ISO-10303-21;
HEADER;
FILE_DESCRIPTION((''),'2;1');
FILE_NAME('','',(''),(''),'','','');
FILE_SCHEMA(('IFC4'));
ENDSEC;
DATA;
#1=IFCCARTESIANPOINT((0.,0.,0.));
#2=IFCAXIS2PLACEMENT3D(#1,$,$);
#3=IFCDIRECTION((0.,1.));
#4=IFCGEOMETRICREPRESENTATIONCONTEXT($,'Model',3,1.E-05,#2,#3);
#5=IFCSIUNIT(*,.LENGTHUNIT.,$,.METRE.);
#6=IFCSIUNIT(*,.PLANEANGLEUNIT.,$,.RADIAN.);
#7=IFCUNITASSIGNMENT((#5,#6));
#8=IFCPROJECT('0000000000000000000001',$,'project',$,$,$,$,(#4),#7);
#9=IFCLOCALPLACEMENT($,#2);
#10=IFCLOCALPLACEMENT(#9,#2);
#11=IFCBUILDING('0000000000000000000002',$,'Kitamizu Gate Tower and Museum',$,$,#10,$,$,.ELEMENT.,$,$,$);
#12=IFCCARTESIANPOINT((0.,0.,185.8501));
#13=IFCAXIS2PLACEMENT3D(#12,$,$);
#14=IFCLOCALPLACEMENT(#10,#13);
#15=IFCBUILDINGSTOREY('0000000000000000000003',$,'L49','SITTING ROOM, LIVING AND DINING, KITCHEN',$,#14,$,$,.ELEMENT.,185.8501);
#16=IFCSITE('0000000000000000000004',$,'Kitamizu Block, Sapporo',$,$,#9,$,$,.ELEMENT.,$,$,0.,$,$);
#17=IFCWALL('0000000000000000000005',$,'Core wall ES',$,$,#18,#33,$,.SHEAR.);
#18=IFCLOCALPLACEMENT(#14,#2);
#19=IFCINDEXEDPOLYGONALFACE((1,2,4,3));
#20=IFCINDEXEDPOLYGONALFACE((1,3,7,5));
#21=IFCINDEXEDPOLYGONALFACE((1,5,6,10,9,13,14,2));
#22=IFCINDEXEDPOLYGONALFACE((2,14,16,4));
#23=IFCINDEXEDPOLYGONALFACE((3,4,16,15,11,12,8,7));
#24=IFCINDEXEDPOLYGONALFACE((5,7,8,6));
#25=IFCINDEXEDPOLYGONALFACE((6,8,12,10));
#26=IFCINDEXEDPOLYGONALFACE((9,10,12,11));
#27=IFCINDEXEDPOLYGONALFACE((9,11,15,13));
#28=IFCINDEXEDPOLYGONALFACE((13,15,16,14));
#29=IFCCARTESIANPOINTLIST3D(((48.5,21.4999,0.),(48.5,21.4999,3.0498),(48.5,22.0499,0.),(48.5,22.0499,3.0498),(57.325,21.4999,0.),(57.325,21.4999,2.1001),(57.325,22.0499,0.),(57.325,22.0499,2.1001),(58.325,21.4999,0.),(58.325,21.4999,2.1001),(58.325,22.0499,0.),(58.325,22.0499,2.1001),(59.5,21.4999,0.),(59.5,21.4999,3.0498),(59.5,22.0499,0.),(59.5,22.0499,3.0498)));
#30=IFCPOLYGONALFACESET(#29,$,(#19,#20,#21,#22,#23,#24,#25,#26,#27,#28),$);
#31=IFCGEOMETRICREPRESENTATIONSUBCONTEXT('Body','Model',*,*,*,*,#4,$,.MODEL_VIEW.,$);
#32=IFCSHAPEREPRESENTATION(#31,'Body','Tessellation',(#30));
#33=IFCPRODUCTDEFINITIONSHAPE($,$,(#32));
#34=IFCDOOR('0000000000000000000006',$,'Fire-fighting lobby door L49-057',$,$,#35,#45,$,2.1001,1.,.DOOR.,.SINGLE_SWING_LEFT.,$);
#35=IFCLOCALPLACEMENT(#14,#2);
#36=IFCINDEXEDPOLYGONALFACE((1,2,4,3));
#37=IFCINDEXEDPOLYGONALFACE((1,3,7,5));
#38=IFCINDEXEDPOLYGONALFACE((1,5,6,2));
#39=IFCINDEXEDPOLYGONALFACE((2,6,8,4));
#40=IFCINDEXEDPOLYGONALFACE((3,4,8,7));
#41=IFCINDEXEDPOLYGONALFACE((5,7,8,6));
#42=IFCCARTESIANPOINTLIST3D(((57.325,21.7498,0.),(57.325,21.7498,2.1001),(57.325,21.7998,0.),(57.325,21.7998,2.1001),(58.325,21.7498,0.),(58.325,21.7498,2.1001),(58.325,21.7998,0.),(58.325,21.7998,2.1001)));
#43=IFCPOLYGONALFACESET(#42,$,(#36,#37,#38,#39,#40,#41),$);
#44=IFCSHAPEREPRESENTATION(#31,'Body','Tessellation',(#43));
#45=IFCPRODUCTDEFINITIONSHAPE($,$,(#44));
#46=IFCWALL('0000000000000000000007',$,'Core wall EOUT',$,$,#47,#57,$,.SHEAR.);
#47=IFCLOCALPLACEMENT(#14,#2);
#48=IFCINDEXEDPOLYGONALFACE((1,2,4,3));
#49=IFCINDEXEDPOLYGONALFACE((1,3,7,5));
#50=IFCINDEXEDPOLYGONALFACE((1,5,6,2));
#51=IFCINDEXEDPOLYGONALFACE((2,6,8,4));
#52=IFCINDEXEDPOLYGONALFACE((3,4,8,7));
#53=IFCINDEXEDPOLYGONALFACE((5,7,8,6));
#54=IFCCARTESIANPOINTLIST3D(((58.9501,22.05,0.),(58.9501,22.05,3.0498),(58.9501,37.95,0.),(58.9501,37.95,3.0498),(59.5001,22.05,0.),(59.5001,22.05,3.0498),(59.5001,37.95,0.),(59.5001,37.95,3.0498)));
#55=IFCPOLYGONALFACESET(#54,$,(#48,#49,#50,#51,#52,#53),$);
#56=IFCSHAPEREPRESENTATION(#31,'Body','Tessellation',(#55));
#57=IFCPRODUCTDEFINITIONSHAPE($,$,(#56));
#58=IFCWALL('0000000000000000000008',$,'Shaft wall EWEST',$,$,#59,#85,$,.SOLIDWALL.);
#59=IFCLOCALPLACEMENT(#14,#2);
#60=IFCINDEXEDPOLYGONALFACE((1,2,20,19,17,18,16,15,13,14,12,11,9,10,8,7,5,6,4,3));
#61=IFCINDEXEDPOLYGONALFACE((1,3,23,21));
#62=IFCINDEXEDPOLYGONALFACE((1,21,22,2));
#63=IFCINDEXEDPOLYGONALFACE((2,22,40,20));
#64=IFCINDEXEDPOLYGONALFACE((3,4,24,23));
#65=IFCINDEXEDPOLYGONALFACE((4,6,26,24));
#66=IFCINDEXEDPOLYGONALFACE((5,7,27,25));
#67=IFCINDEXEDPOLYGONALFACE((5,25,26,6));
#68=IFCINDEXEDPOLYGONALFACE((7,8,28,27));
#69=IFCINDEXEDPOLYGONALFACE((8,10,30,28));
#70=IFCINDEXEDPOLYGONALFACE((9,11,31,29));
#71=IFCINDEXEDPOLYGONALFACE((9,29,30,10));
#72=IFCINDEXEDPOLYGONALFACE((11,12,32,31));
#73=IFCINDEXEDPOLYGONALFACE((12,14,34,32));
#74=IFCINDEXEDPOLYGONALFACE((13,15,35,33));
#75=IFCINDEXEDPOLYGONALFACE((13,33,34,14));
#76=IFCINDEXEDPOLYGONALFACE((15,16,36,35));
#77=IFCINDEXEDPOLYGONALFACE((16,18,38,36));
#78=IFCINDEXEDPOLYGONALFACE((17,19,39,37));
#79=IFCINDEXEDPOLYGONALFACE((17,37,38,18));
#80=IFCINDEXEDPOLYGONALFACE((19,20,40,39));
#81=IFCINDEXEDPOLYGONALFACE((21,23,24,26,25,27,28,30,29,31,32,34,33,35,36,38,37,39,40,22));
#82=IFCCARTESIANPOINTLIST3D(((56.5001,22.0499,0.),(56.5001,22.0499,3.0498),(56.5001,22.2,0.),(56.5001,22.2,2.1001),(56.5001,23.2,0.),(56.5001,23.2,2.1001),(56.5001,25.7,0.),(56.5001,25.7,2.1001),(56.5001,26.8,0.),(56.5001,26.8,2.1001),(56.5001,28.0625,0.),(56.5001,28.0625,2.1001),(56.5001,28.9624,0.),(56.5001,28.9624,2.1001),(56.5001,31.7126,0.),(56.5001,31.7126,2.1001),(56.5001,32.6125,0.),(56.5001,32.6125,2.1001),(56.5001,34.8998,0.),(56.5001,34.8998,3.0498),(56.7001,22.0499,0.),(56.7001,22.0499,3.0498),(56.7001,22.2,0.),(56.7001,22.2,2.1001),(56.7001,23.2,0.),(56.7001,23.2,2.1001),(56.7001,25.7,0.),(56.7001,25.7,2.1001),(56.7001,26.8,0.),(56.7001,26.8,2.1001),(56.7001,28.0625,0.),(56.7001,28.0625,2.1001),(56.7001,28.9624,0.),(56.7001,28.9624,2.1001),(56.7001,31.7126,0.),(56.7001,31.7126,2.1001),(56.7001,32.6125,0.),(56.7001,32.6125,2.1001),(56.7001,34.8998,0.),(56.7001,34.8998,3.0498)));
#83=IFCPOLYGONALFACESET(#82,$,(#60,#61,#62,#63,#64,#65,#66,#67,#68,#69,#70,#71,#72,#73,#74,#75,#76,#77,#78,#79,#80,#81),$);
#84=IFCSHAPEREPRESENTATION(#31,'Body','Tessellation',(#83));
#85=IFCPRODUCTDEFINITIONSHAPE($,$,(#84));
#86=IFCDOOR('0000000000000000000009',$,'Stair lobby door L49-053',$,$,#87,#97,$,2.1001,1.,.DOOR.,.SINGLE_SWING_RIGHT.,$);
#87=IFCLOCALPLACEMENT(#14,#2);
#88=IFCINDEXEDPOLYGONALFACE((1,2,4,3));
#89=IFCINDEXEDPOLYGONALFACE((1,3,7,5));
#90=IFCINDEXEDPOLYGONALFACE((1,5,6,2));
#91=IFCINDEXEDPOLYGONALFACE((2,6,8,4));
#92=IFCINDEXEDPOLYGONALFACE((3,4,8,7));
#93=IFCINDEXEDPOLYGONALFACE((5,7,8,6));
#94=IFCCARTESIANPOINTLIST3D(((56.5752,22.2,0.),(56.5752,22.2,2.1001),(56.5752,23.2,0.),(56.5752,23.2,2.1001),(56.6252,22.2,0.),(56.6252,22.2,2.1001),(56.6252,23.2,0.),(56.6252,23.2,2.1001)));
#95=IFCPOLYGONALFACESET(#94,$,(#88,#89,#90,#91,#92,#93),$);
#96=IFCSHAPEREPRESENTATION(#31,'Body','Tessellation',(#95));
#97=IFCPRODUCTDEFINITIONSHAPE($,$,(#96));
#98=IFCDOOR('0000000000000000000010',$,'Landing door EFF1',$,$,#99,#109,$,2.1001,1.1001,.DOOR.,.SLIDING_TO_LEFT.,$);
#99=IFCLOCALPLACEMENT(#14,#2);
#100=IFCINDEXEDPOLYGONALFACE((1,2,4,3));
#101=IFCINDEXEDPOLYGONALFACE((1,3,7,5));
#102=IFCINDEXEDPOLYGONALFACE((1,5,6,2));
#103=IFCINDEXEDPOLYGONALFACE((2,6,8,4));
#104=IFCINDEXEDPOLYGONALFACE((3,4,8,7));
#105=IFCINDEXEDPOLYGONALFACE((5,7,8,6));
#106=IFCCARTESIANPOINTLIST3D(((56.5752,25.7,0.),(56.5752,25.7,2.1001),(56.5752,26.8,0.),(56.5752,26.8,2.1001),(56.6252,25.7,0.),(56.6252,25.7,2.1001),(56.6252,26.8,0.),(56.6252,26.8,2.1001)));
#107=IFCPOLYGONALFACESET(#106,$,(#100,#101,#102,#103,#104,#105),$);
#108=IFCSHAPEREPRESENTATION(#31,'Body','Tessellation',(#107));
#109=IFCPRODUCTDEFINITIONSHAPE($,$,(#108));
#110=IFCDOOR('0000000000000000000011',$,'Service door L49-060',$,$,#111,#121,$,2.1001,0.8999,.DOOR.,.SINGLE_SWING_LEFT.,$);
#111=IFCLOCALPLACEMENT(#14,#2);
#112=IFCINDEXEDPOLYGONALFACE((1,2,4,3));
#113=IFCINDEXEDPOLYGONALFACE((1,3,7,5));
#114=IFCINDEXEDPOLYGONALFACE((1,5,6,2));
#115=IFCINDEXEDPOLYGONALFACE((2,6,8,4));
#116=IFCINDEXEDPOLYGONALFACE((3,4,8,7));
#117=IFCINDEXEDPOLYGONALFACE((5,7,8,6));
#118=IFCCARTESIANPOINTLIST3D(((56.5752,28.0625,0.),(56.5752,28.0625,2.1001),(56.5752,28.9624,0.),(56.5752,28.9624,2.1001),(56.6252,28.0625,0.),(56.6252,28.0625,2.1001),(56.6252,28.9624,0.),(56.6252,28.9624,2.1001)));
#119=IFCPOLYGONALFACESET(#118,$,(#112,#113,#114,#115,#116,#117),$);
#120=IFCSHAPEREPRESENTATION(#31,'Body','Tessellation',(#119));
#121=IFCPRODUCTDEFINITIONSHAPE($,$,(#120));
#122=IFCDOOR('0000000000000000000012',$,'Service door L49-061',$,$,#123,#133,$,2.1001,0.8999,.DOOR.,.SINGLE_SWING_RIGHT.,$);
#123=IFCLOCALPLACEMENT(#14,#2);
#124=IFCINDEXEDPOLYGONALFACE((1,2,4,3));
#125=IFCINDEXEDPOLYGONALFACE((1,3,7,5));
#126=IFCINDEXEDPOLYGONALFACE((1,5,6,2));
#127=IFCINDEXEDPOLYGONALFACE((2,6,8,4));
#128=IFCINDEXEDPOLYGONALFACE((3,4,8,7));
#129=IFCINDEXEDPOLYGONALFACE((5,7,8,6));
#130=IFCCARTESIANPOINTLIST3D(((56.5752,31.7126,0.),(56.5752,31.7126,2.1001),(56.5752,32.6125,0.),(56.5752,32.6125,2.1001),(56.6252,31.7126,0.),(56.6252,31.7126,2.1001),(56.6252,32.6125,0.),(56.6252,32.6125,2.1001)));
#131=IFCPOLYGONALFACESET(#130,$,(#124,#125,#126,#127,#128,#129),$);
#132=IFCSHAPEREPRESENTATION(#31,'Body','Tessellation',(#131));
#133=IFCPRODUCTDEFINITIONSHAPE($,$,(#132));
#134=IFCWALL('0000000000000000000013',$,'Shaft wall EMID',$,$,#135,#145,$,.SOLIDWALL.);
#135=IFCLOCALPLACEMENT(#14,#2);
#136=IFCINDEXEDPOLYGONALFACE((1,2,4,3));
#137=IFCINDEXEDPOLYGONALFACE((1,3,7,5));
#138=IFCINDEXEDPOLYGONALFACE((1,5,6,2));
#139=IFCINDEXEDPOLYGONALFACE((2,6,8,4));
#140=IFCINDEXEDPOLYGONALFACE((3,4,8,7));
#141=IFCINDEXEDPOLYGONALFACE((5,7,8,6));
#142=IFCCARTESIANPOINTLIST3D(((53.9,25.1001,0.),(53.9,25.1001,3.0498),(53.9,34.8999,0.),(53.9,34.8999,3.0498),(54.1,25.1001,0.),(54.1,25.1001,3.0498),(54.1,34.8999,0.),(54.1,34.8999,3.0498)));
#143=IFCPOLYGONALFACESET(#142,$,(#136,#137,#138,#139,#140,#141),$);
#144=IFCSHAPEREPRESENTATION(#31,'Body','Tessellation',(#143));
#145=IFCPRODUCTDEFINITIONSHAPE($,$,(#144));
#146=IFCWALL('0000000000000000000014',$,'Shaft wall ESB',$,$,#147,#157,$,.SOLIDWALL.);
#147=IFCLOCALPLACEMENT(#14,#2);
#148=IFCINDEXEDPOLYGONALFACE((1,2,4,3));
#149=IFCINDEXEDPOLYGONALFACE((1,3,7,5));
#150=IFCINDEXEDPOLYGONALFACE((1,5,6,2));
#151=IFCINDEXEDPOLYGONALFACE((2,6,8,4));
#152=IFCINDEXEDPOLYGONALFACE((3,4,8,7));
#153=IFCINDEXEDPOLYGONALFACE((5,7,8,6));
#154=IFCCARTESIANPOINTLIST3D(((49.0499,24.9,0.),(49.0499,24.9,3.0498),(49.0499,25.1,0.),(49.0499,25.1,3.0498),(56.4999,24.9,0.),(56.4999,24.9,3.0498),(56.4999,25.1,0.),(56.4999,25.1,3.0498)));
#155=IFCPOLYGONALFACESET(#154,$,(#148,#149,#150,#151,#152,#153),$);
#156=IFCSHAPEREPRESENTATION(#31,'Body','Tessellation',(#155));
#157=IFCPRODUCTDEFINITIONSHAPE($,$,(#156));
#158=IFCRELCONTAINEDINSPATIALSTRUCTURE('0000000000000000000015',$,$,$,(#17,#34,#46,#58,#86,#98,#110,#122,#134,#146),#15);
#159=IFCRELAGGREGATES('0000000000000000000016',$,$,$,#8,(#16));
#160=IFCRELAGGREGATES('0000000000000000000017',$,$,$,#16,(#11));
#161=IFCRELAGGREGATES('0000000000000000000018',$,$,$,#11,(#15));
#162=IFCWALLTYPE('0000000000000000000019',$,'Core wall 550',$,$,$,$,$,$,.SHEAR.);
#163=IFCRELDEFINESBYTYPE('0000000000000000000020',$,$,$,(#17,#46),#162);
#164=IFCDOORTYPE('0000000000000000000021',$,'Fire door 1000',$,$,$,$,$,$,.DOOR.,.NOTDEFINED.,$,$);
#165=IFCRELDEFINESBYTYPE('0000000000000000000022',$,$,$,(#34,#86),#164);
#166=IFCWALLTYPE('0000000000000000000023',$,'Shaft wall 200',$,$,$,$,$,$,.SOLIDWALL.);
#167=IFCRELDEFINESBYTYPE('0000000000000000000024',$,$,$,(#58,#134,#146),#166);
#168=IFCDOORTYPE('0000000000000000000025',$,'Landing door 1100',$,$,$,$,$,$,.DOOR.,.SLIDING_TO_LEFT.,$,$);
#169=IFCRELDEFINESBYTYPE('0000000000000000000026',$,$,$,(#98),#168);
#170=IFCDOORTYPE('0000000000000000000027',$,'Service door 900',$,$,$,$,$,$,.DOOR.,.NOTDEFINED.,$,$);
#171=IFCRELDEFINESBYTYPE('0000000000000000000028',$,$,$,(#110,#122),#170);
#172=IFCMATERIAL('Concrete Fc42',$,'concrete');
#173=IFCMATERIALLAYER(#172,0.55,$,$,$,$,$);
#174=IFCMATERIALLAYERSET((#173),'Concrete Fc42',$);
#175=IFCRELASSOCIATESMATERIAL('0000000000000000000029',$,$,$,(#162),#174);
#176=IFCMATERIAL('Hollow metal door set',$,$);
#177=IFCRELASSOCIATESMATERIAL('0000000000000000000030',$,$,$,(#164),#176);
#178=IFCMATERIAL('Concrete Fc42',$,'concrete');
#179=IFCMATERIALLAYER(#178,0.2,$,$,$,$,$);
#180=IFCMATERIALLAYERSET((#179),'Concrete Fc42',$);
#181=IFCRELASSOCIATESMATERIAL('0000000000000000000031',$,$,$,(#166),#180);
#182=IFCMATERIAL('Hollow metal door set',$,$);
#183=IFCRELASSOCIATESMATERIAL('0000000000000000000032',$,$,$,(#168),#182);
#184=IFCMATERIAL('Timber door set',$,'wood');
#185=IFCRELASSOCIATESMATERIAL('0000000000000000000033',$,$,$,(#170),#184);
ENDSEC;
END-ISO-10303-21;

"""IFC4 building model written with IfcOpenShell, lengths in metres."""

from ifc_helpers import new_model, si_unit, direction, frame, frame_2d, origin, place, context, subcontext, project, spatial, rectangle, extrude, material, layer, layer_set, type_object, element, fill, save


model = new_model("IFC4")

# Units and contexts
model_context = context("Model", 3, precision=1e-05, world=origin(), true_north=direction((0.0, 1.0)))
body_context = subcontext(model_context, "Body", "Model", "MODEL_VIEW")
ifc_project = project(units=[si_unit("LENGTHUNIT", "METRE"), si_unit("PLANEANGLEUNIT", "RADIAN")], contexts=[model_context])

# Site, building, storey
site_placement = place(None, origin())
site = spatial("IfcSite", under=ifc_project, at=site_placement, Name="Kitamizu Block, Sapporo", CompositionType="ELEMENT", RefElevation=0.0)
building_placement = place(site_placement, origin())
building = spatial("IfcBuilding", under=site, at=building_placement, Name="Kitamizu Gate Tower and Museum", CompositionType="ELEMENT")
storey_placement = place(building_placement, frame((0.0, 0.0, 185.8501)))
storey = spatial("IfcBuildingStorey", under=building, at=storey_placement, Name="L49", Description="SITTING ROOM, LIVING AND DINING, KITCHEN", CompositionType="ELEMENT", Elevation=185.8501)

# Wall, opening, door
ifc_material_1 = material(Name="Concrete Fc42", Category="concrete")
ifc_layer_1 = layer(ifc_material_1, 0.55)
ifc_layer_set_1 = layer_set([ifc_layer_1], Name="Concrete Fc42")
wall_type_1 = type_object("IfcWallType", Name="Core wall 550", PredefinedType="SHEAR", material=ifc_layer_set_1)
wall_1_placement = place(storey_placement, frame((59.5, 21.7749, 0.0), z_axis=(0.0, 0.0, 1.0), x_axis=(-1.0, 0.0, 0.0)))
wall_1 = element("IfcWall", 1, at=wall_1_placement, inside=storey, type_object=wall_type_1, Name="Core wall ES", PredefinedType="SHEAR", context=body_context, shape_type="SweptSolid", body=[
    extrude(rectangle(XDim=11.0, YDim=0.55, at=frame_2d((5.5, 0.0))), origin(), (0.0, 0.0, 1.0), 3.0498),
])
opening_1_placement = place(wall_1_placement, frame((1.175, 0.0, 0.0)))
opening_1 = element("IfcOpeningElement", 2, at=opening_1_placement, cuts=wall_1, PredefinedType="OPENING", context=body_context, shape_type="SweptSolid", body=[
    extrude(rectangle(XDim=1.0, YDim=2.1001, at=frame_2d((0.5, 1.05))), frame((0.0, 0.2852, 0.0), z_axis=(0.0, -1.0, 0.0), x_axis=(1.0, 0.0, 0.0)), (0.0, 0.0, 1.0), 0.5701),
])
ifc_material_2 = material(Name="Hollow metal door set")
door_type_1 = type_object("IfcDoorType", Name="Fire door 1000", OperationType="NOTDEFINED", PredefinedType="DOOR", material=ifc_material_2)
door_1_placement = place(opening_1_placement, frame((1.0, 0.0, 0.0), x_axis=(-1.0, 0.0, 0.0)))
door_1 = element("IfcDoor", 3, at=door_1_placement, inside=storey, type_object=door_type_1, Name="Fire-fighting lobby door L49-057", OperationType="SINGLE_SWING_LEFT", OverallHeight=2.1001, OverallWidth=1.0, PredefinedType="DOOR", context=body_context, shape_type="SweptSolid", body=[
    extrude(rectangle(XDim=1.0, YDim=2.1001, at=frame_2d((0.5, 1.05))), frame((0.0, 0.0249, 0.0), z_axis=(0.0, -1.0, 0.0), x_axis=(1.0, 0.0, 0.0)), (0.0, 0.0, 1.0), 0.05),
])
fill(opening_1, door_1)

# Wall
wall_2_placement = place(storey_placement, frame((59.2251, 22.05, 0.0), z_axis=(0.0, 0.0, 1.0), x_axis=(0.0, 1.0, 0.0)))
element("IfcWall", 4, at=wall_2_placement, inside=storey, type_object=wall_type_1, Name="Core wall EOUT", PredefinedType="SHEAR", context=body_context, shape_type="SweptSolid", body=[
    extrude(rectangle(XDim=15.8999, YDim=0.55, at=frame_2d((7.95, 0.0))), origin(), (0.0, 0.0, 1.0), 3.0498),
])

# Wall, openings, doors
ifc_material_3 = material(Name="Concrete Fc42", Category="concrete")
ifc_layer_2 = layer(ifc_material_3, 0.2)
ifc_layer_set_2 = layer_set([ifc_layer_2], Name="Concrete Fc42")
wall_type_2 = type_object("IfcWallType", Name="Shaft wall 200", PredefinedType="SOLIDWALL", material=ifc_layer_set_2)
wall_3_placement = place(storey_placement, frame((56.6001, 22.05, 0.0), z_axis=(0.0, 0.0, 1.0), x_axis=(0.0, 1.0, 0.0)))
wall_3 = element("IfcWall", 5, at=wall_3_placement, inside=storey, type_object=wall_type_2, Name="Shaft wall EWEST", PredefinedType="SOLIDWALL", context=body_context, shape_type="SweptSolid", body=[
    extrude(rectangle(XDim=12.8499, YDim=0.2, at=frame_2d((6.4248, 0.0))), origin(), (0.0, 0.0, 1.0), 3.0498),
])
opening_2_placement = place(wall_3_placement, frame((3.6499, 0.0, 0.0)))
opening_2 = element("IfcOpeningElement", 6, at=opening_2_placement, cuts=wall_3, PredefinedType="OPENING", context=body_context, shape_type="SweptSolid", body=[
    extrude(rectangle(XDim=1.1001, YDim=2.1001, at=frame_2d((0.55, 1.05))), frame((0.0, 0.1099, 0.0), z_axis=(0.0, -1.0, 0.0), x_axis=(1.0, 0.0, 0.0)), (0.0, 0.0, 1.0), 0.22),
])
opening_3_placement = place(wall_3_placement, frame((0.1499, 0.0, 0.0)))
opening_3 = element("IfcOpeningElement", 7, at=opening_3_placement, cuts=wall_3, PredefinedType="OPENING", context=body_context, shape_type="SweptSolid", body=[
    extrude(rectangle(XDim=1.0, YDim=2.1001, at=frame_2d((0.5, 1.05))), frame((0.0, 0.1099, 0.0), z_axis=(0.0, -1.0, 0.0), x_axis=(1.0, 0.0, 0.0)), (0.0, 0.0, 1.0), 0.22),
])
opening_4_placement = place(wall_3_placement, frame((6.0125, 0.0, 0.0)))
opening_4 = element("IfcOpeningElement", 8, at=opening_4_placement, cuts=wall_3, PredefinedType="OPENING", context=body_context, shape_type="SweptSolid", body=[
    extrude(rectangle(XDim=0.8999, YDim=2.1001, at=frame_2d((0.45, 1.05))), frame((0.0, 0.1099, 0.0), z_axis=(0.0, -1.0, 0.0), x_axis=(1.0, 0.0, 0.0)), (0.0, 0.0, 1.0), 0.22),
])
opening_5_placement = place(wall_3_placement, frame((9.6626, 0.0, 0.0)))
opening_5 = element("IfcOpeningElement", 9, at=opening_5_placement, cuts=wall_3, PredefinedType="OPENING", context=body_context, shape_type="SweptSolid", body=[
    extrude(rectangle(XDim=0.8999, YDim=2.1001, at=frame_2d((0.45, 1.05))), frame((0.0, 0.1099, 0.0), z_axis=(0.0, -1.0, 0.0), x_axis=(1.0, 0.0, 0.0)), (0.0, 0.0, 1.0), 0.22),
])
door_2_placement = place(opening_3_placement, origin())
door_2 = element("IfcDoor", 10, at=door_2_placement, inside=storey, type_object=door_type_1, Name="Stair lobby door L49-053", OperationType="SINGLE_SWING_RIGHT", OverallHeight=2.1001, OverallWidth=1.0, PredefinedType="DOOR", context=body_context, shape_type="SweptSolid", body=[
    extrude(rectangle(XDim=1.0, YDim=2.1001, at=frame_2d((0.5, 1.05))), frame((0.0, 0.0249, 0.0), z_axis=(0.0, -1.0, 0.0), x_axis=(1.0, 0.0, 0.0)), (0.0, 0.0, 1.0), 0.05),
])
fill(opening_3, door_2)
ifc_material_4 = material(Name="Hollow metal door set")
door_type_2 = type_object("IfcDoorType", Name="Landing door 1100", OperationType="SLIDING_TO_LEFT", PredefinedType="DOOR", material=ifc_material_4)
door_3_placement = place(opening_2_placement, origin())
door_3 = element("IfcDoor", 11, at=door_3_placement, inside=storey, type_object=door_type_2, Name="Landing door EFF1", OperationType="SLIDING_TO_LEFT", OverallHeight=2.1001, OverallWidth=1.1001, PredefinedType="DOOR", context=body_context, shape_type="SweptSolid", body=[
    extrude(rectangle(XDim=1.1001, YDim=2.1001, at=frame_2d((0.55, 1.05))), frame((0.0, 0.0249, 0.0), z_axis=(0.0, -1.0, 0.0), x_axis=(1.0, 0.0, 0.0)), (0.0, 0.0, 1.0), 0.05),
])
fill(opening_2, door_3)
ifc_material_5 = material(Name="Timber door set", Category="wood")
door_type_3 = type_object("IfcDoorType", Name="Service door 900", OperationType="NOTDEFINED", PredefinedType="DOOR", material=ifc_material_5)
door_4_placement = place(opening_4_placement, origin())
door_4 = element("IfcDoor", 12, at=door_4_placement, inside=storey, type_object=door_type_3, Name="Service door L49-060", OperationType="SINGLE_SWING_LEFT", OverallHeight=2.1001, OverallWidth=0.8999, PredefinedType="DOOR", context=body_context, shape_type="SweptSolid", body=[
    extrude(rectangle(XDim=0.8999, YDim=2.1001, at=frame_2d((0.45, 1.05))), frame((0.0, 0.0249, 0.0), z_axis=(0.0, -1.0, 0.0), x_axis=(1.0, 0.0, 0.0)), (0.0, 0.0, 1.0), 0.05),
])
fill(opening_4, door_4)
door_5_placement = place(opening_5_placement, origin())
door_5 = element("IfcDoor", 13, at=door_5_placement, inside=storey, type_object=door_type_3, Name="Service door L49-061", OperationType="SINGLE_SWING_RIGHT", OverallHeight=2.1001, OverallWidth=0.8999, PredefinedType="DOOR", context=body_context, shape_type="SweptSolid", body=[
    extrude(rectangle(XDim=0.8999, YDim=2.1001, at=frame_2d((0.45, 1.05))), frame((0.0, 0.0249, 0.0), z_axis=(0.0, -1.0, 0.0), x_axis=(1.0, 0.0, 0.0)), (0.0, 0.0, 1.0), 0.05),
])
fill(opening_5, door_5)

# Walls
wall_4_placement = place(storey_placement, frame((54.0, 25.1001, 0.0), z_axis=(0.0, 0.0, 1.0), x_axis=(0.0, 1.0, 0.0)))
element("IfcWall", 14, at=wall_4_placement, inside=storey, type_object=wall_type_2, Name="Shaft wall EMID", PredefinedType="SOLIDWALL", context=body_context, shape_type="SweptSolid", body=[
    extrude(rectangle(XDim=9.7998, YDim=0.2, at=frame_2d((4.8999, 0.0))), origin(), (0.0, 0.0, 1.0), 3.0498),
])
wall_5_placement = place(storey_placement, frame((56.5, 25.0, 0.0), z_axis=(0.0, 0.0, 1.0), x_axis=(-1.0, 0.0, 0.0)))
element("IfcWall", 15, at=wall_5_placement, inside=storey, type_object=wall_type_2, Name="Shaft wall ESB", PredefinedType="SOLIDWALL", context=body_context, shape_type="SweptSolid", body=[
    extrude(rectangle(XDim=7.45, YDim=0.2, at=frame_2d((3.7251, 0.0))), origin(), (0.0, 0.0, 1.0), 3.0498),
])

save(model, "model.ifc")
